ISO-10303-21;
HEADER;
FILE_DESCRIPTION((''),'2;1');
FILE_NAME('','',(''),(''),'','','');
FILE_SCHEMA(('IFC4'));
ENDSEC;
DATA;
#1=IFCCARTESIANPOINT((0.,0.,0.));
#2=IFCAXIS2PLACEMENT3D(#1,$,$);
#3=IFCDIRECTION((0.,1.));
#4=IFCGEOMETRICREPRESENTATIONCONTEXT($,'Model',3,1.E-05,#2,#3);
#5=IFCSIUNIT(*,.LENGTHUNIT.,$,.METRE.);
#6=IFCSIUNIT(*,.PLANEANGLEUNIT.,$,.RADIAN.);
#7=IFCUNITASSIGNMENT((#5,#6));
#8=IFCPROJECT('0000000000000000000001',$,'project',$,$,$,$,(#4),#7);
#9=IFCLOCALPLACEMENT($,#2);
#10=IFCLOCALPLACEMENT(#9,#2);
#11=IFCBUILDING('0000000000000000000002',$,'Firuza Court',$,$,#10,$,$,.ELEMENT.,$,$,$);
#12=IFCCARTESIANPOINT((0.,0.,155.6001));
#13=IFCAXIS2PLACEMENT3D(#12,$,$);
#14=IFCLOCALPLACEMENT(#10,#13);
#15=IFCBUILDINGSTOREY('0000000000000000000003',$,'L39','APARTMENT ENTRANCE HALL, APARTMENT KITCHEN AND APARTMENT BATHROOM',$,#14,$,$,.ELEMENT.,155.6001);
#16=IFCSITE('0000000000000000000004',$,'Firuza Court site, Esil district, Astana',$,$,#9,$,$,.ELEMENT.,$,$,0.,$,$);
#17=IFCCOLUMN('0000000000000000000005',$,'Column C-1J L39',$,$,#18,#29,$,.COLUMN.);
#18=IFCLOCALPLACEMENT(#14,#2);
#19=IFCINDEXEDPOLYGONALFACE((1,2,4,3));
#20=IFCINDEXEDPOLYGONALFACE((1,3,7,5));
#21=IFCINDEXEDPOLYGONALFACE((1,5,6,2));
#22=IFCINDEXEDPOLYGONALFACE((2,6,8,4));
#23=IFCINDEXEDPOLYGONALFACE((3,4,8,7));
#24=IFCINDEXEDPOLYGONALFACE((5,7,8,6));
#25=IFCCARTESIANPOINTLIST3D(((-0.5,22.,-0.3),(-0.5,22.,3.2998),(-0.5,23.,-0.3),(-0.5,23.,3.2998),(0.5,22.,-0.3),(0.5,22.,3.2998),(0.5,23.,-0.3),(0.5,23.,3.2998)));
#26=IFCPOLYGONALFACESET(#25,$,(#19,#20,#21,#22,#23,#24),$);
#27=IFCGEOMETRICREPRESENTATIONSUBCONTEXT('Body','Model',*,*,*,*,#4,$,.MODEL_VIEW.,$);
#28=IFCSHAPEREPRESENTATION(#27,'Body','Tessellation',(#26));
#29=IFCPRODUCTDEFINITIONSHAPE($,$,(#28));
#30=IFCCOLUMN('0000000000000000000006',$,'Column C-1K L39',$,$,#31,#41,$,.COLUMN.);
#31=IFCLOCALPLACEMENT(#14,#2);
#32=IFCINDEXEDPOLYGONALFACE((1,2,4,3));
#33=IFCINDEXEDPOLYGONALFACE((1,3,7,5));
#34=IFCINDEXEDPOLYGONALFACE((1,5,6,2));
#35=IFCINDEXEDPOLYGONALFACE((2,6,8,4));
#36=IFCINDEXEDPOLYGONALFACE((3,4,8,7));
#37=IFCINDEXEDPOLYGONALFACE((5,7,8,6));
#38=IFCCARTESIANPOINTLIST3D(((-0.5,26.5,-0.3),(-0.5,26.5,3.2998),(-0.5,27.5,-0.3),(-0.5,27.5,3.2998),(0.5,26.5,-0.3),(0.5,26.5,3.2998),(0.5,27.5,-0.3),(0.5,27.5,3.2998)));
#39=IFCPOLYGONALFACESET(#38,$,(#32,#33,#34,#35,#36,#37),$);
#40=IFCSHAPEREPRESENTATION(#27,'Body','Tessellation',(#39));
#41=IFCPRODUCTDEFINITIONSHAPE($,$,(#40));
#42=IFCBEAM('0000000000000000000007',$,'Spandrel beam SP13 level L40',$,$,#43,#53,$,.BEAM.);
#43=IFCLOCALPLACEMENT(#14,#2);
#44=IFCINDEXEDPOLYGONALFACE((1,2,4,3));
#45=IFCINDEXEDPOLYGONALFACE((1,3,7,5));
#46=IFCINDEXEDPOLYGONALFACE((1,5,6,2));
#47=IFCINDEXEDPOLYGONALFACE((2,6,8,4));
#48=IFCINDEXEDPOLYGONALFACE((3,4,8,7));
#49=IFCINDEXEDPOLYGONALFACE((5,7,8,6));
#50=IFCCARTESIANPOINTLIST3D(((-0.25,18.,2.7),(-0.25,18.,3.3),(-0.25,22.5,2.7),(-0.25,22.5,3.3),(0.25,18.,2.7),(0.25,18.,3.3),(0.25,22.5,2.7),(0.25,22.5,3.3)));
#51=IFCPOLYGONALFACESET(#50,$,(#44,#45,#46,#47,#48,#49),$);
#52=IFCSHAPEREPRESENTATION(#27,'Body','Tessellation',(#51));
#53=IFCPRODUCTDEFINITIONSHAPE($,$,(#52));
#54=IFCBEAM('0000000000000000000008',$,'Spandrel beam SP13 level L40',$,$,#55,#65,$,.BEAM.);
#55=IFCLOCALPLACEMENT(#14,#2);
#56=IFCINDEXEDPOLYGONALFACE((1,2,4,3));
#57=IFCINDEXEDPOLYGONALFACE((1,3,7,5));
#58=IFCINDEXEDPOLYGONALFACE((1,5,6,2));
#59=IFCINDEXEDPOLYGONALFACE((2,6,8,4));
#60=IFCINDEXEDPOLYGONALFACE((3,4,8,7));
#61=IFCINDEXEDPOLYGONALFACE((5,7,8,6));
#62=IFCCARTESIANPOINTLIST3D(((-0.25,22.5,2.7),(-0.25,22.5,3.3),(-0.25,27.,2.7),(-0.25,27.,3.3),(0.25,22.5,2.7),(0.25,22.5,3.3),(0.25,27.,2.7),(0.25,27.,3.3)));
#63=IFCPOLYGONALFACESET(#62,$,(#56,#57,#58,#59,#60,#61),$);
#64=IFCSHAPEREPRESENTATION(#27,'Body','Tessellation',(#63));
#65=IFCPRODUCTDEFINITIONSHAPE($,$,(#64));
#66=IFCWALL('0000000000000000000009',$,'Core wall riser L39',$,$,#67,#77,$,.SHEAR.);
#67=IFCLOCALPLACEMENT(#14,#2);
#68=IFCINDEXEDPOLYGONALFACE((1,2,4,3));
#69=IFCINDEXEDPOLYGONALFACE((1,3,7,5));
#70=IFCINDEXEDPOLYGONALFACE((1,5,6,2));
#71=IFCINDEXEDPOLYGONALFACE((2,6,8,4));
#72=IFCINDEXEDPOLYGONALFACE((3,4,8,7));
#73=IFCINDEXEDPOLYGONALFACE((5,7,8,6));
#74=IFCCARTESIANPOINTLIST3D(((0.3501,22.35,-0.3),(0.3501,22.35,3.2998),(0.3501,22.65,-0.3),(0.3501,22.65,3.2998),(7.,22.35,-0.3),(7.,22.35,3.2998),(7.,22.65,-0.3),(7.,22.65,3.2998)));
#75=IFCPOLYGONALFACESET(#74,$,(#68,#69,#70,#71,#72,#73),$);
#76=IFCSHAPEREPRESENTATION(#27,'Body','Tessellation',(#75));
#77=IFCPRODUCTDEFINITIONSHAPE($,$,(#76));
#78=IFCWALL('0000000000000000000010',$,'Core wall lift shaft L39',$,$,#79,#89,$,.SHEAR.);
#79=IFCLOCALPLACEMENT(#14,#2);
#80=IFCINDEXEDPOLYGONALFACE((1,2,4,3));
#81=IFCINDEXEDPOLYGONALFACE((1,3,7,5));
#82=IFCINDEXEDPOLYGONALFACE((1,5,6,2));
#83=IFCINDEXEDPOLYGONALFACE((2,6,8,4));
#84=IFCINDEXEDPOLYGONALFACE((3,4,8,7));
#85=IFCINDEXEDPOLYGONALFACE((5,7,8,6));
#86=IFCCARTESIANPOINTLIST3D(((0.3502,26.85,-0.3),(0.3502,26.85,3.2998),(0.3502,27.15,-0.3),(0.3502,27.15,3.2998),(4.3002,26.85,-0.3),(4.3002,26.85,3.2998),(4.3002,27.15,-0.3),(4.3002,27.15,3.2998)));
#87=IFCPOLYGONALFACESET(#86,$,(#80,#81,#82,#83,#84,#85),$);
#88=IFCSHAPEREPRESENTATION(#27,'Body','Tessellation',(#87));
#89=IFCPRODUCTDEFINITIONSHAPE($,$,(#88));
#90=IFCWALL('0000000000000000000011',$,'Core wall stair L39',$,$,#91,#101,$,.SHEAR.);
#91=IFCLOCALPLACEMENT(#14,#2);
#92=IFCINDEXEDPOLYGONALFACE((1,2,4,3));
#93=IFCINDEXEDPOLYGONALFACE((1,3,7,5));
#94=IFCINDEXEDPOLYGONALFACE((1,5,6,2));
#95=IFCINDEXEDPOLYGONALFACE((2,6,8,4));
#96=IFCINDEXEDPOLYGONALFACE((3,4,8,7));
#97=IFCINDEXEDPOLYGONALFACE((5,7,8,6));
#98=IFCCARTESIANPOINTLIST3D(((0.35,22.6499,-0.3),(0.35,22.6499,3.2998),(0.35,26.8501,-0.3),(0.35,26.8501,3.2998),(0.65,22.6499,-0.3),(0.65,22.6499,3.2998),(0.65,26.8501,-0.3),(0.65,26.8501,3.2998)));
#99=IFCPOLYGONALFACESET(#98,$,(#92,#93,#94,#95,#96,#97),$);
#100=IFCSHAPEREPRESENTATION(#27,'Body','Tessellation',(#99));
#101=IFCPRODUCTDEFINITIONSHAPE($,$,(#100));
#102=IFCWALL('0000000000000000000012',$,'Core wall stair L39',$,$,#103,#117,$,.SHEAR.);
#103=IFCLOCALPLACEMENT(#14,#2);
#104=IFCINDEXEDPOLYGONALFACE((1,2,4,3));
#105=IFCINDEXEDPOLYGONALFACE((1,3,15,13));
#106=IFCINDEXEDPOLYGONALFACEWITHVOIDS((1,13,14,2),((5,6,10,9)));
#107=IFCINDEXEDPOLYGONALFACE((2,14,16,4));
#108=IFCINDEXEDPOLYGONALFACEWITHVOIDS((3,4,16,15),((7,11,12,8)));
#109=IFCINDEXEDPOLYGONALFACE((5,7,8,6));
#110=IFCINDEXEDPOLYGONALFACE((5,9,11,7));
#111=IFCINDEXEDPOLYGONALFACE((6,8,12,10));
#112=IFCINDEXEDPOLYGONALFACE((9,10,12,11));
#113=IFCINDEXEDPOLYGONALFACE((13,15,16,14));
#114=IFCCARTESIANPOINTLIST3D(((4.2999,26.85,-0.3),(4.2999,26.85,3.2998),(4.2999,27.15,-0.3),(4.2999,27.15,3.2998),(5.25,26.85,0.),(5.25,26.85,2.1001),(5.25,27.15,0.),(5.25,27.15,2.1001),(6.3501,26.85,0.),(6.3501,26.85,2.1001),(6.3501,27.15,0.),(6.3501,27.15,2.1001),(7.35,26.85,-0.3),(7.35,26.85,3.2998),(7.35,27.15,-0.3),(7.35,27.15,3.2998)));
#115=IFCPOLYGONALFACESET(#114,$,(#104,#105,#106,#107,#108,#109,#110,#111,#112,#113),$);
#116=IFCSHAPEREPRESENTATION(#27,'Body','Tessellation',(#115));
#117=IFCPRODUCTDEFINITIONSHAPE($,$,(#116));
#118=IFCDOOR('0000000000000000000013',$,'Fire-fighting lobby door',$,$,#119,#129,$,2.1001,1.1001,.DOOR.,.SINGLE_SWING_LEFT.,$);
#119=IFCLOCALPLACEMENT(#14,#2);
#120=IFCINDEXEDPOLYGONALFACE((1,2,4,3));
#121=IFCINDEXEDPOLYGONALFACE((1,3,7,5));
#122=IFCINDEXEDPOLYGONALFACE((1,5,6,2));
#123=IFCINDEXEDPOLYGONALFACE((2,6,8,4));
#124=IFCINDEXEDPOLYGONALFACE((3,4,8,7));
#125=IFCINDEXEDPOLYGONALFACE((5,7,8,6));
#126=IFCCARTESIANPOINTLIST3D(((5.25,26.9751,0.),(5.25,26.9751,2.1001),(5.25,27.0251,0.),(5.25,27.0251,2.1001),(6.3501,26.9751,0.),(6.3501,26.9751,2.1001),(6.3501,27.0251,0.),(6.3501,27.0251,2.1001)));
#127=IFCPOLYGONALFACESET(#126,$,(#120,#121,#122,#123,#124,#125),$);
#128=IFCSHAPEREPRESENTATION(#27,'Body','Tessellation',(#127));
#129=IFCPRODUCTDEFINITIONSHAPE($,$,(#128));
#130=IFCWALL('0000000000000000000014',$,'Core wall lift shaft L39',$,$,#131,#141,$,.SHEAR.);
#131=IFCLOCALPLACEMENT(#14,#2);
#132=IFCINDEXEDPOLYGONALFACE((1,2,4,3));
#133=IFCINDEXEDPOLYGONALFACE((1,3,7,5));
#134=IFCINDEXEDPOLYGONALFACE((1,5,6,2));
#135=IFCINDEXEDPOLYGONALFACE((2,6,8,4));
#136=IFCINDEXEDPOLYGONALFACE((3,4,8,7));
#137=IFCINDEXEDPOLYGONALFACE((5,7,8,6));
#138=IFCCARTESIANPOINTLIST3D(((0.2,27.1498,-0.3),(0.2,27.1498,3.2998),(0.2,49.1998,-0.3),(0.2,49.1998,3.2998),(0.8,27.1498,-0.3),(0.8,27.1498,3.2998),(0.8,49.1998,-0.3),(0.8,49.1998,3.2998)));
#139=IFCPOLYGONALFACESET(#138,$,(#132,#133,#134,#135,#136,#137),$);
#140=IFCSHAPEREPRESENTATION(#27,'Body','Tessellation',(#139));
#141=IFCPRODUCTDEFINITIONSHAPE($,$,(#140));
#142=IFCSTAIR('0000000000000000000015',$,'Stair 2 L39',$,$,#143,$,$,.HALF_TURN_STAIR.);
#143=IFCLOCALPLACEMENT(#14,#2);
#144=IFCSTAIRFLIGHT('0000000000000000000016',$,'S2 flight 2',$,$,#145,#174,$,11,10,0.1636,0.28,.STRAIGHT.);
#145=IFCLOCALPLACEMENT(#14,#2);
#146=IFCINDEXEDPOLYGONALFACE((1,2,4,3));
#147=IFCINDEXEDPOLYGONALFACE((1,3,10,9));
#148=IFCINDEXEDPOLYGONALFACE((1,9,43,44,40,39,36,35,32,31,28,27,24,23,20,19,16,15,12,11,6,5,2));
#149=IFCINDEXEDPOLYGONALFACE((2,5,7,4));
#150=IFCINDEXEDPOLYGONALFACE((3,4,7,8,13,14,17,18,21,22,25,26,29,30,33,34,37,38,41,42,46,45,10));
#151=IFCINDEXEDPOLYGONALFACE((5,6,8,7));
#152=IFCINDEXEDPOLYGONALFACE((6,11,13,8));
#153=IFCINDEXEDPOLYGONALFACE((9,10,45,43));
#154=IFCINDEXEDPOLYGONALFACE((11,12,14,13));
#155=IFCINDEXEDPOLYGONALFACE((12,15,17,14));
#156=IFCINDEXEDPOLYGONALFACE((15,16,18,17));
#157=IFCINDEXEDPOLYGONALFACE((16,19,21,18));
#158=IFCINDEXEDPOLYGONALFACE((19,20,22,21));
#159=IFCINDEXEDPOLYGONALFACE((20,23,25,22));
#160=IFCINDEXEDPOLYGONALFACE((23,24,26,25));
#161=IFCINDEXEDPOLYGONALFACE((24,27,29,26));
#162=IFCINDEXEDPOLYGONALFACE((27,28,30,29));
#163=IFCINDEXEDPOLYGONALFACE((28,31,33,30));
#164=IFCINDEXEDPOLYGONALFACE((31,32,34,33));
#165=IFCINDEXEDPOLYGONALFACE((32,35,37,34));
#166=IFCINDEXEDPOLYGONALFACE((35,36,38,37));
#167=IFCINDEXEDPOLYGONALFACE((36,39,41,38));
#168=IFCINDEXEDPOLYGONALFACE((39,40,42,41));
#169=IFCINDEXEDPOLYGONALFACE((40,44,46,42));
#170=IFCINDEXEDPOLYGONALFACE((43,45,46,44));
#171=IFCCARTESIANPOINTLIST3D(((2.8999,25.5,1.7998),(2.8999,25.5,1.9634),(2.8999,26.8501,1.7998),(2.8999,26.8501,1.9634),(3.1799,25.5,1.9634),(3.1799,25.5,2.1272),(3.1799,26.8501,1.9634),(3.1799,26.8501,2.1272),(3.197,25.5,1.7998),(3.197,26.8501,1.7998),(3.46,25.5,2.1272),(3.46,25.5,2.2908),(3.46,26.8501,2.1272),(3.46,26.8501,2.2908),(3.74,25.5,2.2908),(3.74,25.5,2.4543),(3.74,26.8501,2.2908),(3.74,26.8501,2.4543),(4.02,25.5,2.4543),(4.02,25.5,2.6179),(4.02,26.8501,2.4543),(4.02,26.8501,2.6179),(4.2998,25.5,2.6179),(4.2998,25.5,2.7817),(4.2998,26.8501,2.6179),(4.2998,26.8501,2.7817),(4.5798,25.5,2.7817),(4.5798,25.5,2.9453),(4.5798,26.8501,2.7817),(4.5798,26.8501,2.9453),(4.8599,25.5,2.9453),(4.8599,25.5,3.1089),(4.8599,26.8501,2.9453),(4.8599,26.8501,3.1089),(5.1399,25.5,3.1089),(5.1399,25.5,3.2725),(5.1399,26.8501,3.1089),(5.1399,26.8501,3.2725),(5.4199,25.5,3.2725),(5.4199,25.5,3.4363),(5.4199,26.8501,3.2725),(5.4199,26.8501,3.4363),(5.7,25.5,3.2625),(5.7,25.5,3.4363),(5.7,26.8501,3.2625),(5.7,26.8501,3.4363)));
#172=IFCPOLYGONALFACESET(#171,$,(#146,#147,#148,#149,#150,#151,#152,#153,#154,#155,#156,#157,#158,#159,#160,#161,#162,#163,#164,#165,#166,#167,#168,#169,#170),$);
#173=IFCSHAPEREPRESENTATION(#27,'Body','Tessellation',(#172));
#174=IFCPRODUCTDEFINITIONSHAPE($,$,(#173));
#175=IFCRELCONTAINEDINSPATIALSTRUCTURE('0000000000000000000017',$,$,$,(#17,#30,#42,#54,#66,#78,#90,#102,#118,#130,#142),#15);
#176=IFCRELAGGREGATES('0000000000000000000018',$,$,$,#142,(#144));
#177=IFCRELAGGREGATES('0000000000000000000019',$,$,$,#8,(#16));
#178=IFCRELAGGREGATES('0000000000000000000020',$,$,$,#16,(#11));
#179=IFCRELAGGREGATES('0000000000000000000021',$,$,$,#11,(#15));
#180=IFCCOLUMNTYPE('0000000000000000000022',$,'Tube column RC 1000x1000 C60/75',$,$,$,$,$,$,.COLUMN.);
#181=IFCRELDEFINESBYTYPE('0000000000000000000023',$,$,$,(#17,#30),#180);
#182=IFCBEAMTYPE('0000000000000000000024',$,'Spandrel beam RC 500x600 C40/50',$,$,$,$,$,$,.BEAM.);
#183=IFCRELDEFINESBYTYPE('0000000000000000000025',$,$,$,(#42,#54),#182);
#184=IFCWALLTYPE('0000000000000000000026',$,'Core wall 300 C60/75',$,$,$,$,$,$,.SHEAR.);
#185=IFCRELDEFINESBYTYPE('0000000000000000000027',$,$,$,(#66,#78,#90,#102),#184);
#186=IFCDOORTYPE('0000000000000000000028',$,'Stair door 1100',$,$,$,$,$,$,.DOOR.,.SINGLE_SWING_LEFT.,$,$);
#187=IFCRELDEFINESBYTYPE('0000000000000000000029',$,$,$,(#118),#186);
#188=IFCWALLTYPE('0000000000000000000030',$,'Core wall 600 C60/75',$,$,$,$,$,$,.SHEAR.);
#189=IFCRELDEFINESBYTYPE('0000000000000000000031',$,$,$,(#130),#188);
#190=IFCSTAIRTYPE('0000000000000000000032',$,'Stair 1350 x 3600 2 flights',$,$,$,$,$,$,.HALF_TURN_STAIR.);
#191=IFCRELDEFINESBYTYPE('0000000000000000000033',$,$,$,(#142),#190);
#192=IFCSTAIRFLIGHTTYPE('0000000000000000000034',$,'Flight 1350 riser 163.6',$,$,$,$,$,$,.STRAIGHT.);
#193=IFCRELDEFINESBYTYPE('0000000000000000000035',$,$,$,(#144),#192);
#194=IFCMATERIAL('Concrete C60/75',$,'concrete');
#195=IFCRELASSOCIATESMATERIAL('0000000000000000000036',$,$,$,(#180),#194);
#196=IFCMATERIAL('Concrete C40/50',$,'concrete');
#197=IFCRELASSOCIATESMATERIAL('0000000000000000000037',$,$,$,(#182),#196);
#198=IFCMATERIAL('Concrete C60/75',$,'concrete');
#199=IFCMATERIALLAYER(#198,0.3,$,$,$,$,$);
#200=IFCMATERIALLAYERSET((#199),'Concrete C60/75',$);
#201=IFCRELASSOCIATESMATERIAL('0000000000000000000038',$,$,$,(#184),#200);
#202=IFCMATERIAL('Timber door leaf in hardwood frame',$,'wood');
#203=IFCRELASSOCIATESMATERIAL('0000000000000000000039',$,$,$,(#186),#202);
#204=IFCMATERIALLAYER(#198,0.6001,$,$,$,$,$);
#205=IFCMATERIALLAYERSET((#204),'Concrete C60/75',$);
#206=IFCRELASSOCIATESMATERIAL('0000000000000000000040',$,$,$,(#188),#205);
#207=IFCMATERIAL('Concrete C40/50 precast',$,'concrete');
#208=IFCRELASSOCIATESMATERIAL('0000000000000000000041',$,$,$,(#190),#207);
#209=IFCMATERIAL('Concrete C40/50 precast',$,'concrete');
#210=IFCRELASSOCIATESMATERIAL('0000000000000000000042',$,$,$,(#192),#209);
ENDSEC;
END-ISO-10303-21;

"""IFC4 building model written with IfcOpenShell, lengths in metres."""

from ifc_helpers import new_model, si_unit, direction, frame, frame_2d, origin, origin_2d, place, context, subcontext, project, spatial, polyline, rectangle, outline, extrude, material, layer, layer_set, material_profile, profile_set, type_object, element, fill, aggregate, save


model = new_model("IFC4")

# Units and contexts
model_context = context("Model", 3, precision=1e-05, world=origin(), true_north=direction((0.0, 1.0)))
body_context = subcontext(model_context, "Body", "Model", "MODEL_VIEW")
ifc_project = project(units=[si_unit("LENGTHUNIT", "METRE"), si_unit("PLANEANGLEUNIT", "RADIAN")], contexts=[model_context])

# Site, building, storey
site_placement = place(None, origin())
site = spatial("IfcSite", under=ifc_project, at=site_placement, Name="Firuza Court site, Esil district, Astana", CompositionType="ELEMENT", RefElevation=0.0)
building_placement = place(site_placement, origin())
building = spatial("IfcBuilding", under=site, at=building_placement, Name="Firuza Court", CompositionType="ELEMENT")
storey_placement = place(building_placement, frame((0.0, 0.0, 155.6001)))
storey = spatial("IfcBuildingStorey", under=building, at=storey_placement, Name="L39", Description="APARTMENT ENTRANCE HALL, APARTMENT KITCHEN AND APARTMENT BATHROOM", CompositionType="ELEMENT", Elevation=155.6001)

# Columns
ifc_material_1 = material(Name="Concrete C60/75", Category="concrete")
ifc_material_profile_1 = material_profile(ifc_material_1, rectangle(XDim=1.0, YDim=1.0, at=origin_2d()), Name="RC 1000x1000")
ifc_profile_set_1 = profile_set([ifc_material_profile_1], Name="Concrete C60/75")
column_type = type_object("IfcColumnType", Name="Tube column RC 1000x1000 C60/75", PredefinedType="COLUMN", material=ifc_profile_set_1)
for number, where, z_axis, x_axis, name in (
    (1, (0.0, 22.5, -0.3), (0.0, 0.0, 1.0), (1.0, 0.0, 0.0), "Column C-1J L39"),
    (2, (0.0, 27.0, -0.3), (0.0, 0.0, 1.0), (1.0, 0.0, 0.0), "Column C-1K L39"),
):
    element("IfcColumn", number, at=place(storey_placement, frame(where, z_axis=z_axis, x_axis=x_axis)), inside=storey, type_object=column_type, Name=name, PredefinedType="COLUMN", context=body_context, shape_type="SweptSolid", body=[
        extrude(rectangle(XDim=1.0, YDim=1.0, at=origin_2d()), origin(), (0.0, 0.0, 1.0), 3.5999),
    ])

# Beams
ifc_material_2 = material(Name="Concrete C40/50", Category="concrete")
ifc_material_profile_2 = material_profile(ifc_material_2, rectangle(XDim=0.5, YDim=0.6001, at=origin_2d()), Name="RC 500x600")
ifc_profile_set_2 = profile_set([ifc_material_profile_2], Name="Concrete C40/50")
beam_type = type_object("IfcBeamType", Name="Spandrel beam RC 500x600 C40/50", PredefinedType="BEAM", material=ifc_profile_set_2)
for number, where, z_axis, x_axis, name in (
    (3, (0.0, 22.5, 3.0), (0.0, -1.0, 0.0), (1.0, 0.0, 0.0), "Spandrel beam SP13 level L40"),
    (4, (0.0, 27.0, 3.0), (0.0, -1.0, 0.0), (1.0, 0.0, 0.0), "Spandrel beam SP13 level L40"),
):
    element("IfcBeam", number, at=place(storey_placement, frame(where, z_axis=z_axis, x_axis=x_axis)), inside=storey, type_object=beam_type, Name=name, PredefinedType="BEAM", context=body_context, shape_type="SweptSolid", body=[
        extrude(rectangle(XDim=0.5, YDim=0.6001, at=origin_2d()), origin(), (0.0, 0.0, 1.0), 4.5),
    ])

# Walls
ifc_material_3 = material(Name="Concrete C60/75", Category="concrete")
ifc_layer_1 = layer(ifc_material_3, 0.3)
ifc_layer_set_1 = layer_set([ifc_layer_1], Name="Concrete C60/75")
wall_type_1 = type_object("IfcWallType", Name="Core wall 300 C60/75", PredefinedType="SHEAR", material=ifc_layer_set_1)
wall_1_placement = place(storey_placement, frame((0.3501, 22.5, -0.3), z_axis=(0.0, 0.0, 1.0), x_axis=(1.0, 0.0, 0.0)))
element("IfcWall", 5, at=wall_1_placement, inside=storey, type_object=wall_type_1, Name="Core wall riser L39", PredefinedType="SHEAR", context=body_context, shape_type="SweptSolid", body=[
    extrude(rectangle(XDim=6.6499, YDim=0.3, at=frame_2d((3.325, 0.0))), origin(), (0.0, 0.0, 1.0), 3.5999),
])
wall_2_placement = place(storey_placement, frame((0.3501, 27.0, -0.3), z_axis=(0.0, 0.0, 1.0), x_axis=(1.0, 0.0, 0.0)))
element("IfcWall", 6, at=wall_2_placement, inside=storey, type_object=wall_type_1, Name="Core wall lift shaft L39", PredefinedType="SHEAR", context=body_context, shape_type="SweptSolid", body=[
    extrude(rectangle(XDim=3.95, YDim=0.3, at=frame_2d((1.9751, 0.0))), origin(), (0.0, 0.0, 1.0), 3.5999),
])
wall_3_placement = place(storey_placement, frame((0.5, 22.6499, -0.3), z_axis=(0.0, 0.0, 1.0), x_axis=(0.0, 1.0, 0.0)))
element("IfcWall", 7, at=wall_3_placement, inside=storey, type_object=wall_type_1, Name="Core wall stair L39", PredefinedType="SHEAR", context=body_context, shape_type="SweptSolid", body=[
    extrude(rectangle(XDim=4.2002, YDim=0.3, at=frame_2d((2.1001, 0.0))), origin(), (0.0, 0.0, 1.0), 3.5999),
])

# Wall, opening, door
wall_4_placement = place(storey_placement, frame((4.3, 27.0, -0.3), z_axis=(0.0, 0.0, 1.0), x_axis=(1.0, 0.0, 0.0)))
wall_4 = element("IfcWall", 8, at=wall_4_placement, inside=storey, type_object=wall_type_1, Name="Core wall stair L39", PredefinedType="SHEAR", context=body_context, shape_type="SweptSolid", body=[
    extrude(rectangle(XDim=3.05, YDim=0.3, at=frame_2d((1.5249, 0.0))), origin(), (0.0, 0.0, 1.0), 3.5999),
])
opening_1_placement = place(wall_4_placement, frame((0.95, 0.0, 0.3)))
opening_1 = element("IfcOpeningElement", 9, at=opening_1_placement, cuts=wall_4, PredefinedType="OPENING", context=body_context, shape_type="SweptSolid", body=[
    extrude(rectangle(XDim=1.1001, YDim=2.1001, at=frame_2d((0.55, 1.05))), frame((0.0, 0.1621, 0.0), z_axis=(0.0, -1.0, 0.0), x_axis=(1.0, 0.0, 0.0)), (0.0, 0.0, 1.0), 0.324),
])
ifc_material_4 = material(Name="Timber door leaf in hardwood frame", Category="wood")
door_type_1 = type_object("IfcDoorType", Name="Stair door 1100", OperationType="SINGLE_SWING_LEFT", PredefinedType="DOOR", material=ifc_material_4)
door_1_placement = place(opening_1_placement, frame((1.1001, 0.0, 0.0), z_axis=(0.0, 0.0, 1.0), x_axis=(-1.0, 0.0, 0.0)))
door_1 = element("IfcDoor", 10, at=door_1_placement, inside=storey, type_object=door_type_1, Name="Fire-fighting lobby door", OperationType="SINGLE_SWING_LEFT", OverallHeight=2.1001, OverallWidth=1.1001, PredefinedType="DOOR", context=body_context, shape_type="SweptSolid", body=[
    extrude(rectangle(XDim=1.1001, YDim=2.1001, at=frame_2d((0.55, 1.05))), frame((0.0, 0.0249, 0.0), z_axis=(0.0, -1.0, 0.0), x_axis=(1.0, 0.0, 0.0)), (0.0, 0.0, 1.0), 0.05),
])
fill(opening_1, door_1)

# Wall
ifc_layer_2 = layer(ifc_material_3, 0.6001)
ifc_layer_set_2 = layer_set([ifc_layer_2], Name="Concrete C60/75")
wall_type_2 = type_object("IfcWallType", Name="Core wall 600 C60/75", PredefinedType="SHEAR", material=ifc_layer_set_2)
wall_5_placement = place(storey_placement, frame((0.5, 27.1499, -0.3), z_axis=(0.0, 0.0, 1.0), x_axis=(0.0, 1.0, 0.0)))
element("IfcWall", 11, at=wall_5_placement, inside=storey, type_object=wall_type_2, Name="Core wall lift shaft L39", PredefinedType="SHEAR", context=body_context, shape_type="SweptSolid", body=[
    extrude(rectangle(XDim=22.05, YDim=0.6001, at=frame_2d((11.0249, 0.0))), origin(), (0.0, 0.0, 1.0), 3.5999),
])

# Stair, stair flight
ifc_material_5 = material(Name="Concrete C40/50 precast", Category="concrete")
stair_type = type_object("IfcStairType", Name="Stair 1350 x 3600 2 flights", PredefinedType="HALF_TURN_STAIR", material=ifc_material_5)
stair_placement = place(storey_placement, origin())
stair = element("IfcStair", 12, at=stair_placement, inside=storey, type_object=stair_type, Name="Stair 2 L39", PredefinedType="HALF_TURN_STAIR")
ifc_material_6 = material(Name="Concrete C40/50 precast", Category="concrete")
stair_flight_type = type_object("IfcStairFlightType", Name="Flight 1350 riser 163.6", PredefinedType="STRAIGHT", material=ifc_material_6)
stair_flight_placement = place(storey_placement, frame((2.8999, 26.175, 1.7998), z_axis=(0.0, 0.0, 1.0), x_axis=(1.0, 0.0, 0.0)))
stair_flight = element("IfcStairFlight", 13, at=stair_flight_placement, type_object=stair_flight_type, Name="S2 flight 2", NumberOfRisers=11, NumberOfTreads=10, PredefinedType="STRAIGHT", RiserHeight=0.1636, TreadLength=0.28, context=body_context, shape_type="SweptSolid", body=[
    extrude(outline(polyline([(0.0, 0.0), (0.0, 0.1636), (0.28, 0.1636), (0.28, 0.3274), (0.5601, 0.3274), (0.5601, 0.491), (0.8401, 0.491), (0.8401, 0.6545), (1.1201, 0.6545), (1.1201, 0.8181), (1.3999, 0.8181), (1.3999, 0.9819), (1.6799, 0.9819), (1.6799, 1.1455), (1.96, 1.1455), (1.96, 1.3091), (2.24, 1.3091), (2.24, 1.4727), (2.52, 1.4727), (2.52, 1.6365), (2.8, 1.6365), (2.8, 1.8), (2.8, 1.4626), (0.2971, 0.0), (0.0, 0.0)])), frame((0.0, 0.675, 0.0), z_axis=(0.0, -1.0, 0.0), x_axis=(1.0, 0.0, 0.0)), (0.0, 0.0, 1.0), 1.3501),
])
aggregate(stair, [stair_flight])

save(model, "model.ifc")
